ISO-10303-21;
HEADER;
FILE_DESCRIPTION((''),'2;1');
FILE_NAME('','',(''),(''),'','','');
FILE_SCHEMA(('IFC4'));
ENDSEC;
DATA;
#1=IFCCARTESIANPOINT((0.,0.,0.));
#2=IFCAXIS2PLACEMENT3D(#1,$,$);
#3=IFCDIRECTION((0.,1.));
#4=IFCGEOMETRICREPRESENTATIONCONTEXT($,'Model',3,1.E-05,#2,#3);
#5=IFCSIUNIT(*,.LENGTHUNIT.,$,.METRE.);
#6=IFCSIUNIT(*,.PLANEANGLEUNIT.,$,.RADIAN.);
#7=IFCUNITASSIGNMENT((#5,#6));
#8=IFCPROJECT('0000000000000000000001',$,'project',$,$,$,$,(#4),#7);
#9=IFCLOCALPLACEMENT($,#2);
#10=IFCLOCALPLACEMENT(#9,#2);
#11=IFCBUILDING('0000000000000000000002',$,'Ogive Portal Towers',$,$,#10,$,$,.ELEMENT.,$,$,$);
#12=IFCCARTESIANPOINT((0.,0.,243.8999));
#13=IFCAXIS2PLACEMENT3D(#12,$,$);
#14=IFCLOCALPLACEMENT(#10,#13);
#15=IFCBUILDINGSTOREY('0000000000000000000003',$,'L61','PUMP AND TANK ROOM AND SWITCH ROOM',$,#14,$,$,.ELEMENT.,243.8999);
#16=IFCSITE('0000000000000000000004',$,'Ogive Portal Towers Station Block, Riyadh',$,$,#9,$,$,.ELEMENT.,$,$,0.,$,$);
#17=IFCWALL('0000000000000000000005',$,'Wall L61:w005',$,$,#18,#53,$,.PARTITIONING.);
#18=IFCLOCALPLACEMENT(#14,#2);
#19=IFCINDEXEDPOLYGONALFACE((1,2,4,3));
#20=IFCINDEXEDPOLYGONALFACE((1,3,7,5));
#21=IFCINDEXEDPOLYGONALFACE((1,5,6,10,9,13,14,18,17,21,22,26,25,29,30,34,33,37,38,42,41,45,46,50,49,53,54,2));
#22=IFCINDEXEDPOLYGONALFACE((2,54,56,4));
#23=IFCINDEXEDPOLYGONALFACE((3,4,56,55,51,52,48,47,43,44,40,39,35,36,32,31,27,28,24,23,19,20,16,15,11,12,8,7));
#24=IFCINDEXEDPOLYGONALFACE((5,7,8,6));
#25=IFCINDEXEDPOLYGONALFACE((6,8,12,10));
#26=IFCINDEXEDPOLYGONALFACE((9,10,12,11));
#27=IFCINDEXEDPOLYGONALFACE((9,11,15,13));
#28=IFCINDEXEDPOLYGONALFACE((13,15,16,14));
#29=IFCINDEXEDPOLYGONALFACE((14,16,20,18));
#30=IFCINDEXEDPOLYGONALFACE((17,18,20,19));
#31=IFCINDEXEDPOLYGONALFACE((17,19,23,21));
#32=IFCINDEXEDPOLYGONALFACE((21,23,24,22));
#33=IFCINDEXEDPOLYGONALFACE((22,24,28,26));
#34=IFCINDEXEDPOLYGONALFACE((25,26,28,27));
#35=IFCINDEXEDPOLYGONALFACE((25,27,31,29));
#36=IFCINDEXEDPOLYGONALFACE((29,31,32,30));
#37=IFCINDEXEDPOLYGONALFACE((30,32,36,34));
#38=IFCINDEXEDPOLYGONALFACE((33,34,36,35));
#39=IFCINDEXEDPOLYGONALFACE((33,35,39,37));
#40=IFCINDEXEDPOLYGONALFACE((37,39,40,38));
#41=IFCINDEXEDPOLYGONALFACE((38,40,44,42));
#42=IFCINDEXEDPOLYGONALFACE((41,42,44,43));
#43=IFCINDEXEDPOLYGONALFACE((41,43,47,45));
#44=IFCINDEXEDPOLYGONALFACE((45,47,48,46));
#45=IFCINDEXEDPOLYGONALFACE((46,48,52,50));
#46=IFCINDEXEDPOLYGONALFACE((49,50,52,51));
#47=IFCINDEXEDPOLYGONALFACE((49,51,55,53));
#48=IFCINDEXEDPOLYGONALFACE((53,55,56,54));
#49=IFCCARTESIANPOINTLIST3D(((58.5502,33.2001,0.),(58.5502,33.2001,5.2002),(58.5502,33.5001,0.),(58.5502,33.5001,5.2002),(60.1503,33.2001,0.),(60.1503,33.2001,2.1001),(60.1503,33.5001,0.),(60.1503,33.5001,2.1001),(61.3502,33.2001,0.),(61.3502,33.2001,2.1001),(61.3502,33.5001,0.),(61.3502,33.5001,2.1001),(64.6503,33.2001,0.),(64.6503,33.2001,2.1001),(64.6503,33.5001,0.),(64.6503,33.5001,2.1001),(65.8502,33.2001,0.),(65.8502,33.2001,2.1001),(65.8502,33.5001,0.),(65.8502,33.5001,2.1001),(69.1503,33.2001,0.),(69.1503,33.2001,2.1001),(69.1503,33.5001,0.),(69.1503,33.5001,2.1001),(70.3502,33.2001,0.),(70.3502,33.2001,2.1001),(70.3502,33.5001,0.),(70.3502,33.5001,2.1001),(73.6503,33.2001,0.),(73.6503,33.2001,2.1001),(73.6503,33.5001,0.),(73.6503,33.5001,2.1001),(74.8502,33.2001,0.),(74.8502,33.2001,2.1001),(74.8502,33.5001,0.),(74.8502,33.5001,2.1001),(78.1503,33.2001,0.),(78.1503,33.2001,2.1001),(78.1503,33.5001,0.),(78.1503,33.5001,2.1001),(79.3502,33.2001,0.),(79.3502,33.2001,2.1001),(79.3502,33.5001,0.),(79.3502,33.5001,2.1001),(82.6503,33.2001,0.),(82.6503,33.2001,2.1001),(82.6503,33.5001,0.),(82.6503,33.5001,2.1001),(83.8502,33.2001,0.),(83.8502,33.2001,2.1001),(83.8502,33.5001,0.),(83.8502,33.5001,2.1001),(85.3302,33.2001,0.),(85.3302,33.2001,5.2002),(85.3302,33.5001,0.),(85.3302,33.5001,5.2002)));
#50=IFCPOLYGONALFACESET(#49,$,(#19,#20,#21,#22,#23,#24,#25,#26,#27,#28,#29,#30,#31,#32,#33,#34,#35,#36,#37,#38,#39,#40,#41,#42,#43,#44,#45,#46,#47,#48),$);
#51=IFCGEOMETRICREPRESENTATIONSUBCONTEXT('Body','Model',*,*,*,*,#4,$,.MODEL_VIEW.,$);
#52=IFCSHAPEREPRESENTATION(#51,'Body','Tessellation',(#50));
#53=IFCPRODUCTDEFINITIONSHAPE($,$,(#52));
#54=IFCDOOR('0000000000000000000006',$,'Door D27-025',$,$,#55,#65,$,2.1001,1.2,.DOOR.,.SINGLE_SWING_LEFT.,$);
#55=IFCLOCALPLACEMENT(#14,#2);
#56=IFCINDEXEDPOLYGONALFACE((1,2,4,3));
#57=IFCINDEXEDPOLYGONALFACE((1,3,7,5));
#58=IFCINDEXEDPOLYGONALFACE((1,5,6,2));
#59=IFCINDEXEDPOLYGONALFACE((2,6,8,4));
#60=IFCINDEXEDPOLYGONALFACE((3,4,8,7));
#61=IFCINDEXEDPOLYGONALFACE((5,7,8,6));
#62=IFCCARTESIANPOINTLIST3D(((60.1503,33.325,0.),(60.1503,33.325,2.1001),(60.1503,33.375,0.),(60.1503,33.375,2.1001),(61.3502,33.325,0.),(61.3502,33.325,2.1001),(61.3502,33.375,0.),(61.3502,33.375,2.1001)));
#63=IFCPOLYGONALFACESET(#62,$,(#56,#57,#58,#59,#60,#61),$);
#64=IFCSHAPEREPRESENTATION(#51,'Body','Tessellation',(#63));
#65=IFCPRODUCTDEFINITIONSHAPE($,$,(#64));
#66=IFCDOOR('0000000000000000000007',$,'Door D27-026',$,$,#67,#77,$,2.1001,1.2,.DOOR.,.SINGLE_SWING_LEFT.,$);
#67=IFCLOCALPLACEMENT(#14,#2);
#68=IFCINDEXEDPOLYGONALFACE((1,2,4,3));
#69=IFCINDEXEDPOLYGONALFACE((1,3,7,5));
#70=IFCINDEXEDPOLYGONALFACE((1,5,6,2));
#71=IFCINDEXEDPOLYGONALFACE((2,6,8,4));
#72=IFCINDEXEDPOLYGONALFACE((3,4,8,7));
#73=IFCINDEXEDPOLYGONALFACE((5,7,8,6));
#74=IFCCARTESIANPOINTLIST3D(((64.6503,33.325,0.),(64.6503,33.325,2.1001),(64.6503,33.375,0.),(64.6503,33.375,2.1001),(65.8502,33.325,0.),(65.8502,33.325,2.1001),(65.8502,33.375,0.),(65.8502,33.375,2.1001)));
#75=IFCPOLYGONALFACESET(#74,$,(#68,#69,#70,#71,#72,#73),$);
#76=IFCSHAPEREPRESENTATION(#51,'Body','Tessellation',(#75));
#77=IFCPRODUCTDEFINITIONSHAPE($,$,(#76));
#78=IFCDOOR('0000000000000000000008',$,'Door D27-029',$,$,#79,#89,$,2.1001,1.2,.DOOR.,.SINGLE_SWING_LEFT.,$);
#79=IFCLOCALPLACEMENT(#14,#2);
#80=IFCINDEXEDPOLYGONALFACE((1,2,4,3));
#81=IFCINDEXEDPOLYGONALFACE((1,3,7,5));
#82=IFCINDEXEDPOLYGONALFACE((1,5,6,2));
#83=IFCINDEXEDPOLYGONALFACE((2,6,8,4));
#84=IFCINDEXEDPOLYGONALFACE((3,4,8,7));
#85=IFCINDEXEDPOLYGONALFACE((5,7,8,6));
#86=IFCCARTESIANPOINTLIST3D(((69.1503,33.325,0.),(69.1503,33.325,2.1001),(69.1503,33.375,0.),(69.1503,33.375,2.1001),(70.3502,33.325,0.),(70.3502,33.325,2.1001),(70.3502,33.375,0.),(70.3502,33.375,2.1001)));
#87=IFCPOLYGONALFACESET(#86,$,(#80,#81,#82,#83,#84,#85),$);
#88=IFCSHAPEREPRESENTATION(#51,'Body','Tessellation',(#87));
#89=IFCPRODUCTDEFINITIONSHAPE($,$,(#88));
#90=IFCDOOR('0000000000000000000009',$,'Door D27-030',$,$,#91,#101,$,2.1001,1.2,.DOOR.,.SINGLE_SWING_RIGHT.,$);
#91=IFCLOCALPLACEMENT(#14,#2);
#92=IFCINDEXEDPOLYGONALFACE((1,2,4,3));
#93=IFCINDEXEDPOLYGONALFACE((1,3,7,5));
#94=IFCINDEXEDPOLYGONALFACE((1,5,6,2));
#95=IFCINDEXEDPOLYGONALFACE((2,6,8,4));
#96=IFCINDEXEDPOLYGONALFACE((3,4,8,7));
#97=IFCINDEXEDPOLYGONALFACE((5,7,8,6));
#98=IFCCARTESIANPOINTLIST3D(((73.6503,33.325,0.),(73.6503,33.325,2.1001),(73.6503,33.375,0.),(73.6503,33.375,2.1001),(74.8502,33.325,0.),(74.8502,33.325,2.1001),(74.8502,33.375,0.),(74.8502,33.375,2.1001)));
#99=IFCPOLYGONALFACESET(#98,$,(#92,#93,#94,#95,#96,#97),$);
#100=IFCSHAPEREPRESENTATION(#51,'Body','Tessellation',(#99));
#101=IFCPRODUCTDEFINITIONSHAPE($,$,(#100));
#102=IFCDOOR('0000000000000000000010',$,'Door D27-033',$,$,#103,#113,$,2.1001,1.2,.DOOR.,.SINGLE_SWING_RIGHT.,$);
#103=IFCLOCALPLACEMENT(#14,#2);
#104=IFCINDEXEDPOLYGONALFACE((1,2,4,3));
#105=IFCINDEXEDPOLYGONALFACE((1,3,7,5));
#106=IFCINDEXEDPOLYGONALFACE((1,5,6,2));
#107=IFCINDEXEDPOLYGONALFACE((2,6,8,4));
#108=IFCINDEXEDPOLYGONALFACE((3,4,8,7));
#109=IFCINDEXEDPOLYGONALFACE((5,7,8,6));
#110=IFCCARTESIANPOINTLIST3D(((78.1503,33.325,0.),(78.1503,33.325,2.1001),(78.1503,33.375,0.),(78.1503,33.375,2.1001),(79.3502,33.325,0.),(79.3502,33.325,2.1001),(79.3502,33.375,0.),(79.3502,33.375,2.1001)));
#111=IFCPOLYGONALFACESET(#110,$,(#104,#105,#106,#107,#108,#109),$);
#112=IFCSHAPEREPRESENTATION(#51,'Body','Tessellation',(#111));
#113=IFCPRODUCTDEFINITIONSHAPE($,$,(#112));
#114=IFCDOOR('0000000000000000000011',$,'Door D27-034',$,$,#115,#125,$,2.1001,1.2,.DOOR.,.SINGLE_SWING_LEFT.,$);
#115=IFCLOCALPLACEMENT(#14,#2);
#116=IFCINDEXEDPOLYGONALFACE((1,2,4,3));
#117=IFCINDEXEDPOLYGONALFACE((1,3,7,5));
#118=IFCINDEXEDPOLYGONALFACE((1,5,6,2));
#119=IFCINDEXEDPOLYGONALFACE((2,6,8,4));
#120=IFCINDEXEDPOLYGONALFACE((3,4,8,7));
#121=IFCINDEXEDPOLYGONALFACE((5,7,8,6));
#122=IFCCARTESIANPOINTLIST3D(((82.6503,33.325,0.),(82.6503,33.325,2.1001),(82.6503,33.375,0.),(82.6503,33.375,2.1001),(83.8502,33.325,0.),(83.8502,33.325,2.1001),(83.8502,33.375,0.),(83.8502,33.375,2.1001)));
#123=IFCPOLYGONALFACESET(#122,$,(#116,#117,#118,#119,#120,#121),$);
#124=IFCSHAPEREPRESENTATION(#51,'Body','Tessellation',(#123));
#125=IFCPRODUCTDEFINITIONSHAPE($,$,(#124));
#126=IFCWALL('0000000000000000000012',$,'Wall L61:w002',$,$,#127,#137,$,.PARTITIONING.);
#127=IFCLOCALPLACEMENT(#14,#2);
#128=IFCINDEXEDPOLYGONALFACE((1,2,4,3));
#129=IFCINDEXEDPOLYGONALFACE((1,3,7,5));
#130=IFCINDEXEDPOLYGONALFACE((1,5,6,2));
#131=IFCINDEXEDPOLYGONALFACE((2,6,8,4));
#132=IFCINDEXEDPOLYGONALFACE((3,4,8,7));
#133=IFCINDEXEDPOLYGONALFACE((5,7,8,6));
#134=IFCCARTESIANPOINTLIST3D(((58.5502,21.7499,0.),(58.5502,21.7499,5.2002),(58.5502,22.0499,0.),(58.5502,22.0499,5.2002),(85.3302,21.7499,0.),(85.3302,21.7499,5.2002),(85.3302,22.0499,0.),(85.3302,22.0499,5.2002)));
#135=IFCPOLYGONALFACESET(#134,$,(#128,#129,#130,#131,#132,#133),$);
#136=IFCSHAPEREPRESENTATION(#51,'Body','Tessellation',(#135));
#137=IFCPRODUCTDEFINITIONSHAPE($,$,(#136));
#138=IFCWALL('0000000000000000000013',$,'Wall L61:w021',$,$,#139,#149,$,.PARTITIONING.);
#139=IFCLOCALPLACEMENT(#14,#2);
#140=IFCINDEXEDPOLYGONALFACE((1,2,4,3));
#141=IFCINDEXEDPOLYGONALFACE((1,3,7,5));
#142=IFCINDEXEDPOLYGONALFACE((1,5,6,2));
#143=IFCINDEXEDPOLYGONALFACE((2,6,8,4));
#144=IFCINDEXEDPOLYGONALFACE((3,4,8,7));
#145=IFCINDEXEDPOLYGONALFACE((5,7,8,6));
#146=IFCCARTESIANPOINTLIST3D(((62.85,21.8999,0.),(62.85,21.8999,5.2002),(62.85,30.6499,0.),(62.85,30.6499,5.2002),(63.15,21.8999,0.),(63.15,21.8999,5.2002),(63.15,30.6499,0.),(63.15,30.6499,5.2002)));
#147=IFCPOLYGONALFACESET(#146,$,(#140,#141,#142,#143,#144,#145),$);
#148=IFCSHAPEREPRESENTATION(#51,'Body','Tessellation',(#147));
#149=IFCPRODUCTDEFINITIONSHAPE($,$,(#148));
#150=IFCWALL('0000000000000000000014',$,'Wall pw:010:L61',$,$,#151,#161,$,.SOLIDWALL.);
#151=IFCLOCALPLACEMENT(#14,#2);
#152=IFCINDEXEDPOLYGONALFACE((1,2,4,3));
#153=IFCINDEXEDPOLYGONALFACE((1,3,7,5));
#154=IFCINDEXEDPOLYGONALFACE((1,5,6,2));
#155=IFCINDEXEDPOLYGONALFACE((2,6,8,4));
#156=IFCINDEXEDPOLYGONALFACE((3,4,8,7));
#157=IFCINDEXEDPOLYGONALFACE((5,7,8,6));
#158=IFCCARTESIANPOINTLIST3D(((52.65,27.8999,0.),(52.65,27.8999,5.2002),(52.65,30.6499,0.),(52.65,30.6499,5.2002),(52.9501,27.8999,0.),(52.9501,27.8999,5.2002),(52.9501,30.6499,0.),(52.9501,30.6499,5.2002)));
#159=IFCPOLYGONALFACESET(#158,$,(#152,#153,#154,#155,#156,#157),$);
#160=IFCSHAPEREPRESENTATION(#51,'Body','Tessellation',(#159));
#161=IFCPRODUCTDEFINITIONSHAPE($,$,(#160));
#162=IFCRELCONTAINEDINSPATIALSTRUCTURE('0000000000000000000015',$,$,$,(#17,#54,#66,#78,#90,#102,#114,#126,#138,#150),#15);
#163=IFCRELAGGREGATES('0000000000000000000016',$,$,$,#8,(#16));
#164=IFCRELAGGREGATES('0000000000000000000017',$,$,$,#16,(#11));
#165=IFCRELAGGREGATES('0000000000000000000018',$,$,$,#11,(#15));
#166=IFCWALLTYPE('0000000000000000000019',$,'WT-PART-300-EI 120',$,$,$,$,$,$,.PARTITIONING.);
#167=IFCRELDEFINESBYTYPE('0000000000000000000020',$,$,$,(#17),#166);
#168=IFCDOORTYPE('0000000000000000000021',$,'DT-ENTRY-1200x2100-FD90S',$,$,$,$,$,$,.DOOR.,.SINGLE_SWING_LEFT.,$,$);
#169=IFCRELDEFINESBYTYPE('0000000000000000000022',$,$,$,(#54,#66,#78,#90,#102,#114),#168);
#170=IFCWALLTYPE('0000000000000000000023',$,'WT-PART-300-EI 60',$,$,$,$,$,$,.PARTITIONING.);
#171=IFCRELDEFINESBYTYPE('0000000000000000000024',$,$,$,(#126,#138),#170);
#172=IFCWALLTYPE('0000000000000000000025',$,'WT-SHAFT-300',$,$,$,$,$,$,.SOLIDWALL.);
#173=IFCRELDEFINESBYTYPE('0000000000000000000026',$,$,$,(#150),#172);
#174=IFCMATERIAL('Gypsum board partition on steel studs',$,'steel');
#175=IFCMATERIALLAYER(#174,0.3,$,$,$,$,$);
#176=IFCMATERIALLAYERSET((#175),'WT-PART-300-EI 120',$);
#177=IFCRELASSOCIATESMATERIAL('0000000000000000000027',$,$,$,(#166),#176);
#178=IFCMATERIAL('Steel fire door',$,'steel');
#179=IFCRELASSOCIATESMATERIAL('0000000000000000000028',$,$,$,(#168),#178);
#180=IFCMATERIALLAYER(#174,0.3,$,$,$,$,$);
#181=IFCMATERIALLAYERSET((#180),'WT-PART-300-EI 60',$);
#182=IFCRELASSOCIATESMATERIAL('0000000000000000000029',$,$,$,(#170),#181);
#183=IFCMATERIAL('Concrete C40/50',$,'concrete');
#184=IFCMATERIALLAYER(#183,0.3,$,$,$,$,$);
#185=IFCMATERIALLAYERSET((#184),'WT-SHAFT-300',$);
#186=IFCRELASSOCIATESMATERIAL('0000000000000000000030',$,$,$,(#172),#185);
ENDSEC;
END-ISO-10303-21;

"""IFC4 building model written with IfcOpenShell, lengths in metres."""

from ifc_helpers import new_model, si_unit, direction, frame, frame_2d, origin, place, context, subcontext, project, spatial, rectangle, extrude, material, layer, layer_set, type_object, element, fill, save


model = new_model("IFC4")

# Units and contexts
model_context = context("Model", 3, precision=1e-05, world=origin(), true_north=direction((0.0, 1.0)))
body_context = subcontext(model_context, "Body", "Model", "MODEL_VIEW")
ifc_project = project(units=[si_unit("LENGTHUNIT", "METRE"), si_unit("PLANEANGLEUNIT", "RADIAN")], contexts=[model_context])

# Site, building, storey
site_placement = place(None, origin())
site = spatial("IfcSite", under=ifc_project, at=site_placement, Name="Ogive Portal Towers Station Block, Riyadh", CompositionType="ELEMENT", RefElevation=0.0)
building_placement = place(site_placement, origin())
building = spatial("IfcBuilding", under=site, at=building_placement, Name="Ogive Portal Towers", CompositionType="ELEMENT")
storey_placement = place(building_placement, frame((0.0, 0.0, 243.8999)))
storey = spatial("IfcBuildingStorey", under=building, at=storey_placement, Name="L61", Description="PUMP AND TANK ROOM AND SWITCH ROOM", CompositionType="ELEMENT", Elevation=243.8999)

# Wall, openings, doors
ifc_material_1 = material(Name="Gypsum board partition on steel studs", Category="steel")
ifc_layer_1 = layer(ifc_material_1, 0.3)
ifc_layer_set_1 = layer_set([ifc_layer_1], Name="WT-PART-300-EI 120")
wall_type_1 = type_object("IfcWallType", Name="WT-PART-300-EI 120", PredefinedType="PARTITIONING", material=ifc_layer_set_1)
ifc_material_2 = material(Name="Steel fire door", Category="steel")
door_type_1 = type_object("IfcDoorType", Name="DT-ENTRY-1200x2100-FD90S", OperationType="SINGLE_SWING_LEFT", PredefinedType="DOOR", material=ifc_material_2)
wall_1_placement = place(storey_placement, frame((58.55, 33.3501, 0.0), z_axis=(0.0, 0.0, 1.0), x_axis=(1.0, 0.0, 0.0)))
wall_1 = element("IfcWall", 1, at=wall_1_placement, inside=storey, type_object=wall_type_1, Name="Wall L61:w005", PredefinedType="PARTITIONING", context=body_context, shape_type="SweptSolid", body=[
    extrude(rectangle(XDim=26.78, YDim=0.3, at=frame_2d((13.3901, 0.0))), origin(), (0.0, 0.0, 1.0), 5.2002),
])
opening_1_placement = place(wall_1_placement, frame((1.6001, 0.0, 0.0)))
opening_1 = element("IfcOpeningElement", 2, at=opening_1_placement, cuts=wall_1, PredefinedType="OPENING", context=body_context, shape_type="SweptSolid", body=[
    extrude(rectangle(XDim=1.2, YDim=2.1001, at=frame_2d((0.6001, 1.05))), frame((0.0, 0.1602, 0.0), z_axis=(0.0, -1.0, 0.0), x_axis=(1.0, 0.0, 0.0)), (0.0, 0.0, 1.0), 0.3201),
])
opening_2_placement = place(wall_1_placement, frame((6.1001, 0.0, 0.0)))
opening_2 = element("IfcOpeningElement", 3, at=opening_2_placement, cuts=wall_1, PredefinedType="OPENING", context=body_context, shape_type="SweptSolid", body=[
    extrude(rectangle(XDim=1.2, YDim=2.1001, at=frame_2d((0.6001, 1.05))), frame((0.0, 0.1602, 0.0), z_axis=(0.0, -1.0, 0.0), x_axis=(1.0, 0.0, 0.0)), (0.0, 0.0, 1.0), 0.3201),
])
opening_3_placement = place(wall_1_placement, frame((10.6001, 0.0, 0.0)))
opening_3 = element("IfcOpeningElement", 4, at=opening_3_placement, cuts=wall_1, PredefinedType="OPENING", context=body_context, shape_type="SweptSolid", body=[
    extrude(rectangle(XDim=1.2, YDim=2.1001, at=frame_2d((0.6001, 1.05))), frame((0.0, 0.1602, 0.0), z_axis=(0.0, -1.0, 0.0), x_axis=(1.0, 0.0, 0.0)), (0.0, 0.0, 1.0), 0.3201),
])
opening_4_placement = place(wall_1_placement, frame((15.1001, 0.0, 0.0)))
opening_4 = element("IfcOpeningElement", 5, at=opening_4_placement, cuts=wall_1, PredefinedType="OPENING", context=body_context, shape_type="SweptSolid", body=[
    extrude(rectangle(XDim=1.2, YDim=2.1001, at=frame_2d((0.6001, 1.05))), frame((0.0, 0.1602, 0.0), z_axis=(0.0, -1.0, 0.0), x_axis=(1.0, 0.0, 0.0)), (0.0, 0.0, 1.0), 0.3201),
])
opening_5_placement = place(wall_1_placement, frame((19.6001, 0.0, 0.0)))
opening_5 = element("IfcOpeningElement", 6, at=opening_5_placement, cuts=wall_1, PredefinedType="OPENING", context=body_context, shape_type="SweptSolid", body=[
    extrude(rectangle(XDim=1.2, YDim=2.1001, at=frame_2d((0.6001, 1.05))), frame((0.0, 0.1602, 0.0), z_axis=(0.0, -1.0, 0.0), x_axis=(1.0, 0.0, 0.0)), (0.0, 0.0, 1.0), 0.3201),
])
opening_6_placement = place(wall_1_placement, frame((24.1001, 0.0, 0.0)))
opening_6 = element("IfcOpeningElement", 7, at=opening_6_placement, cuts=wall_1, PredefinedType="OPENING", context=body_context, shape_type="SweptSolid", body=[
    extrude(rectangle(XDim=1.2, YDim=2.1001, at=frame_2d((0.6001, 1.05))), frame((0.0, 0.1602, 0.0), z_axis=(0.0, -1.0, 0.0), x_axis=(1.0, 0.0, 0.0)), (0.0, 0.0, 1.0), 0.3201),
])
door_1_placement = place(opening_1_placement, origin())
door_1 = element("IfcDoor", 8, at=door_1_placement, inside=storey, type_object=door_type_1, Name="Door D27-025", OperationType="SINGLE_SWING_LEFT", OverallHeight=2.1001, OverallWidth=1.2, PredefinedType="DOOR", context=body_context, shape_type="SweptSolid", body=[
    extrude(rectangle(XDim=1.2, YDim=2.1001, at=frame_2d((0.6001, 1.05))), frame((0.0, 0.0249, 0.0), z_axis=(0.0, -1.0, 0.0), x_axis=(1.0, 0.0, 0.0)), (0.0, 0.0, 1.0), 0.05),
])
fill(opening_1, door_1)
door_2_placement = place(opening_2_placement, origin())
door_2 = element("IfcDoor", 9, at=door_2_placement, inside=storey, type_object=door_type_1, Name="Door D27-026", OperationType="SINGLE_SWING_LEFT", OverallHeight=2.1001, OverallWidth=1.2, PredefinedType="DOOR", context=body_context, shape_type="SweptSolid", body=[
    extrude(rectangle(XDim=1.2, YDim=2.1001, at=frame_2d((0.6001, 1.05))), frame((0.0, 0.0249, 0.0), z_axis=(0.0, -1.0, 0.0), x_axis=(1.0, 0.0, 0.0)), (0.0, 0.0, 1.0), 0.05),
])
fill(opening_2, door_2)
door_3_placement = place(opening_3_placement, origin())
door_3 = element("IfcDoor", 10, at=door_3_placement, inside=storey, type_object=door_type_1, Name="Door D27-029", OperationType="SINGLE_SWING_LEFT", OverallHeight=2.1001, OverallWidth=1.2, PredefinedType="DOOR", context=body_context, shape_type="SweptSolid", body=[
    extrude(rectangle(XDim=1.2, YDim=2.1001, at=frame_2d((0.6001, 1.05))), frame((0.0, 0.0249, 0.0), z_axis=(0.0, -1.0, 0.0), x_axis=(1.0, 0.0, 0.0)), (0.0, 0.0, 1.0), 0.05),
])
fill(opening_3, door_3)
door_4_placement = place(opening_4_placement, origin())
door_4 = element("IfcDoor", 11, at=door_4_placement, inside=storey, type_object=door_type_1, Name="Door D27-030", OperationType="SINGLE_SWING_RIGHT", OverallHeight=2.1001, OverallWidth=1.2, PredefinedType="DOOR", context=body_context, shape_type="SweptSolid", body=[
    extrude(rectangle(XDim=1.2, YDim=2.1001, at=frame_2d((0.6001, 1.05))), frame((0.0, 0.0249, 0.0), z_axis=(0.0, -1.0, 0.0), x_axis=(1.0, 0.0, 0.0)), (0.0, 0.0, 1.0), 0.05),
])
fill(opening_4, door_4)
door_5_placement = place(opening_5_placement, origin())
door_5 = element("IfcDoor", 12, at=door_5_placement, inside=storey, type_object=door_type_1, Name="Door D27-033", OperationType="SINGLE_SWING_RIGHT", OverallHeight=2.1001, OverallWidth=1.2, PredefinedType="DOOR", context=body_context, shape_type="SweptSolid", body=[
    extrude(rectangle(XDim=1.2, YDim=2.1001, at=frame_2d((0.6001, 1.05))), frame((0.0, 0.0249, 0.0), z_axis=(0.0, -1.0, 0.0), x_axis=(1.0, 0.0, 0.0)), (0.0, 0.0, 1.0), 0.05),
])
fill(opening_5, door_5)
door_6_placement = place(opening_6_placement, origin())
door_6 = element("IfcDoor", 13, at=door_6_placement, inside=storey, type_object=door_type_1, Name="Door D27-034", OperationType="SINGLE_SWING_LEFT", OverallHeight=2.1001, OverallWidth=1.2, PredefinedType="DOOR", context=body_context, shape_type="SweptSolid", body=[
    extrude(rectangle(XDim=1.2, YDim=2.1001, at=frame_2d((0.6001, 1.05))), frame((0.0, 0.0249, 0.0), z_axis=(0.0, -1.0, 0.0), x_axis=(1.0, 0.0, 0.0)), (0.0, 0.0, 1.0), 0.05),
])
fill(opening_6, door_6)

# Walls
ifc_layer_2 = layer(ifc_material_1, 0.3)
ifc_layer_set_2 = layer_set([ifc_layer_2], Name="WT-PART-300-EI 60")
wall_type_2 = type_object("IfcWallType", Name="WT-PART-300-EI 60", PredefinedType="PARTITIONING", material=ifc_layer_set_2)
wall_2_placement = place(storey_placement, frame((58.55, 21.8999, 0.0), z_axis=(0.0, 0.0, 1.0), x_axis=(1.0, 0.0, 0.0)))
element("IfcWall", 14, at=wall_2_placement, inside=storey, type_object=wall_type_2, Name="Wall L61:w002", PredefinedType="PARTITIONING", context=body_context, shape_type="SweptSolid", body=[
    extrude(rectangle(XDim=26.78, YDim=0.3, at=frame_2d((13.3901, 0.0))), origin(), (0.0, 0.0, 1.0), 5.2002),
])
wall_3_placement = place(storey_placement, frame((63.0, 21.8999, 0.0), z_axis=(0.0, 0.0, 1.0), x_axis=(0.0, 1.0, 0.0)))
element("IfcWall", 15, at=wall_3_placement, inside=storey, type_object=wall_type_2, Name="Wall L61:w021", PredefinedType="PARTITIONING", context=body_context, shape_type="SweptSolid", body=[
    extrude(rectangle(XDim=8.75, YDim=0.3, at=frame_2d((4.375, 0.0))), origin(), (0.0, 0.0, 1.0), 5.2002),
])
ifc_material_3 = material(Name="Concrete C40/50", Category="concrete")
ifc_layer_3 = layer(ifc_material_3, 0.3)
ifc_layer_set_3 = layer_set([ifc_layer_3], Name="WT-SHAFT-300")
wall_type_3 = type_object("IfcWallType", Name="WT-SHAFT-300", PredefinedType="SOLIDWALL", material=ifc_layer_set_3)
wall_4_placement = place(storey_placement, frame((52.8, 27.8999, 0.0), z_axis=(0.0, 0.0, 1.0), x_axis=(0.0, 1.0, 0.0)))
element("IfcWall", 16, at=wall_4_placement, inside=storey, type_object=wall_type_3, Name="Wall pw:010:L61", PredefinedType="SOLIDWALL", context=body_context, shape_type="SweptSolid", body=[
    extrude(rectangle(XDim=2.75, YDim=0.3, at=frame_2d((1.375, 0.0))), origin(), (0.0, 0.0, 1.0), 5.2002),
])

save(model, "model.ifc")
